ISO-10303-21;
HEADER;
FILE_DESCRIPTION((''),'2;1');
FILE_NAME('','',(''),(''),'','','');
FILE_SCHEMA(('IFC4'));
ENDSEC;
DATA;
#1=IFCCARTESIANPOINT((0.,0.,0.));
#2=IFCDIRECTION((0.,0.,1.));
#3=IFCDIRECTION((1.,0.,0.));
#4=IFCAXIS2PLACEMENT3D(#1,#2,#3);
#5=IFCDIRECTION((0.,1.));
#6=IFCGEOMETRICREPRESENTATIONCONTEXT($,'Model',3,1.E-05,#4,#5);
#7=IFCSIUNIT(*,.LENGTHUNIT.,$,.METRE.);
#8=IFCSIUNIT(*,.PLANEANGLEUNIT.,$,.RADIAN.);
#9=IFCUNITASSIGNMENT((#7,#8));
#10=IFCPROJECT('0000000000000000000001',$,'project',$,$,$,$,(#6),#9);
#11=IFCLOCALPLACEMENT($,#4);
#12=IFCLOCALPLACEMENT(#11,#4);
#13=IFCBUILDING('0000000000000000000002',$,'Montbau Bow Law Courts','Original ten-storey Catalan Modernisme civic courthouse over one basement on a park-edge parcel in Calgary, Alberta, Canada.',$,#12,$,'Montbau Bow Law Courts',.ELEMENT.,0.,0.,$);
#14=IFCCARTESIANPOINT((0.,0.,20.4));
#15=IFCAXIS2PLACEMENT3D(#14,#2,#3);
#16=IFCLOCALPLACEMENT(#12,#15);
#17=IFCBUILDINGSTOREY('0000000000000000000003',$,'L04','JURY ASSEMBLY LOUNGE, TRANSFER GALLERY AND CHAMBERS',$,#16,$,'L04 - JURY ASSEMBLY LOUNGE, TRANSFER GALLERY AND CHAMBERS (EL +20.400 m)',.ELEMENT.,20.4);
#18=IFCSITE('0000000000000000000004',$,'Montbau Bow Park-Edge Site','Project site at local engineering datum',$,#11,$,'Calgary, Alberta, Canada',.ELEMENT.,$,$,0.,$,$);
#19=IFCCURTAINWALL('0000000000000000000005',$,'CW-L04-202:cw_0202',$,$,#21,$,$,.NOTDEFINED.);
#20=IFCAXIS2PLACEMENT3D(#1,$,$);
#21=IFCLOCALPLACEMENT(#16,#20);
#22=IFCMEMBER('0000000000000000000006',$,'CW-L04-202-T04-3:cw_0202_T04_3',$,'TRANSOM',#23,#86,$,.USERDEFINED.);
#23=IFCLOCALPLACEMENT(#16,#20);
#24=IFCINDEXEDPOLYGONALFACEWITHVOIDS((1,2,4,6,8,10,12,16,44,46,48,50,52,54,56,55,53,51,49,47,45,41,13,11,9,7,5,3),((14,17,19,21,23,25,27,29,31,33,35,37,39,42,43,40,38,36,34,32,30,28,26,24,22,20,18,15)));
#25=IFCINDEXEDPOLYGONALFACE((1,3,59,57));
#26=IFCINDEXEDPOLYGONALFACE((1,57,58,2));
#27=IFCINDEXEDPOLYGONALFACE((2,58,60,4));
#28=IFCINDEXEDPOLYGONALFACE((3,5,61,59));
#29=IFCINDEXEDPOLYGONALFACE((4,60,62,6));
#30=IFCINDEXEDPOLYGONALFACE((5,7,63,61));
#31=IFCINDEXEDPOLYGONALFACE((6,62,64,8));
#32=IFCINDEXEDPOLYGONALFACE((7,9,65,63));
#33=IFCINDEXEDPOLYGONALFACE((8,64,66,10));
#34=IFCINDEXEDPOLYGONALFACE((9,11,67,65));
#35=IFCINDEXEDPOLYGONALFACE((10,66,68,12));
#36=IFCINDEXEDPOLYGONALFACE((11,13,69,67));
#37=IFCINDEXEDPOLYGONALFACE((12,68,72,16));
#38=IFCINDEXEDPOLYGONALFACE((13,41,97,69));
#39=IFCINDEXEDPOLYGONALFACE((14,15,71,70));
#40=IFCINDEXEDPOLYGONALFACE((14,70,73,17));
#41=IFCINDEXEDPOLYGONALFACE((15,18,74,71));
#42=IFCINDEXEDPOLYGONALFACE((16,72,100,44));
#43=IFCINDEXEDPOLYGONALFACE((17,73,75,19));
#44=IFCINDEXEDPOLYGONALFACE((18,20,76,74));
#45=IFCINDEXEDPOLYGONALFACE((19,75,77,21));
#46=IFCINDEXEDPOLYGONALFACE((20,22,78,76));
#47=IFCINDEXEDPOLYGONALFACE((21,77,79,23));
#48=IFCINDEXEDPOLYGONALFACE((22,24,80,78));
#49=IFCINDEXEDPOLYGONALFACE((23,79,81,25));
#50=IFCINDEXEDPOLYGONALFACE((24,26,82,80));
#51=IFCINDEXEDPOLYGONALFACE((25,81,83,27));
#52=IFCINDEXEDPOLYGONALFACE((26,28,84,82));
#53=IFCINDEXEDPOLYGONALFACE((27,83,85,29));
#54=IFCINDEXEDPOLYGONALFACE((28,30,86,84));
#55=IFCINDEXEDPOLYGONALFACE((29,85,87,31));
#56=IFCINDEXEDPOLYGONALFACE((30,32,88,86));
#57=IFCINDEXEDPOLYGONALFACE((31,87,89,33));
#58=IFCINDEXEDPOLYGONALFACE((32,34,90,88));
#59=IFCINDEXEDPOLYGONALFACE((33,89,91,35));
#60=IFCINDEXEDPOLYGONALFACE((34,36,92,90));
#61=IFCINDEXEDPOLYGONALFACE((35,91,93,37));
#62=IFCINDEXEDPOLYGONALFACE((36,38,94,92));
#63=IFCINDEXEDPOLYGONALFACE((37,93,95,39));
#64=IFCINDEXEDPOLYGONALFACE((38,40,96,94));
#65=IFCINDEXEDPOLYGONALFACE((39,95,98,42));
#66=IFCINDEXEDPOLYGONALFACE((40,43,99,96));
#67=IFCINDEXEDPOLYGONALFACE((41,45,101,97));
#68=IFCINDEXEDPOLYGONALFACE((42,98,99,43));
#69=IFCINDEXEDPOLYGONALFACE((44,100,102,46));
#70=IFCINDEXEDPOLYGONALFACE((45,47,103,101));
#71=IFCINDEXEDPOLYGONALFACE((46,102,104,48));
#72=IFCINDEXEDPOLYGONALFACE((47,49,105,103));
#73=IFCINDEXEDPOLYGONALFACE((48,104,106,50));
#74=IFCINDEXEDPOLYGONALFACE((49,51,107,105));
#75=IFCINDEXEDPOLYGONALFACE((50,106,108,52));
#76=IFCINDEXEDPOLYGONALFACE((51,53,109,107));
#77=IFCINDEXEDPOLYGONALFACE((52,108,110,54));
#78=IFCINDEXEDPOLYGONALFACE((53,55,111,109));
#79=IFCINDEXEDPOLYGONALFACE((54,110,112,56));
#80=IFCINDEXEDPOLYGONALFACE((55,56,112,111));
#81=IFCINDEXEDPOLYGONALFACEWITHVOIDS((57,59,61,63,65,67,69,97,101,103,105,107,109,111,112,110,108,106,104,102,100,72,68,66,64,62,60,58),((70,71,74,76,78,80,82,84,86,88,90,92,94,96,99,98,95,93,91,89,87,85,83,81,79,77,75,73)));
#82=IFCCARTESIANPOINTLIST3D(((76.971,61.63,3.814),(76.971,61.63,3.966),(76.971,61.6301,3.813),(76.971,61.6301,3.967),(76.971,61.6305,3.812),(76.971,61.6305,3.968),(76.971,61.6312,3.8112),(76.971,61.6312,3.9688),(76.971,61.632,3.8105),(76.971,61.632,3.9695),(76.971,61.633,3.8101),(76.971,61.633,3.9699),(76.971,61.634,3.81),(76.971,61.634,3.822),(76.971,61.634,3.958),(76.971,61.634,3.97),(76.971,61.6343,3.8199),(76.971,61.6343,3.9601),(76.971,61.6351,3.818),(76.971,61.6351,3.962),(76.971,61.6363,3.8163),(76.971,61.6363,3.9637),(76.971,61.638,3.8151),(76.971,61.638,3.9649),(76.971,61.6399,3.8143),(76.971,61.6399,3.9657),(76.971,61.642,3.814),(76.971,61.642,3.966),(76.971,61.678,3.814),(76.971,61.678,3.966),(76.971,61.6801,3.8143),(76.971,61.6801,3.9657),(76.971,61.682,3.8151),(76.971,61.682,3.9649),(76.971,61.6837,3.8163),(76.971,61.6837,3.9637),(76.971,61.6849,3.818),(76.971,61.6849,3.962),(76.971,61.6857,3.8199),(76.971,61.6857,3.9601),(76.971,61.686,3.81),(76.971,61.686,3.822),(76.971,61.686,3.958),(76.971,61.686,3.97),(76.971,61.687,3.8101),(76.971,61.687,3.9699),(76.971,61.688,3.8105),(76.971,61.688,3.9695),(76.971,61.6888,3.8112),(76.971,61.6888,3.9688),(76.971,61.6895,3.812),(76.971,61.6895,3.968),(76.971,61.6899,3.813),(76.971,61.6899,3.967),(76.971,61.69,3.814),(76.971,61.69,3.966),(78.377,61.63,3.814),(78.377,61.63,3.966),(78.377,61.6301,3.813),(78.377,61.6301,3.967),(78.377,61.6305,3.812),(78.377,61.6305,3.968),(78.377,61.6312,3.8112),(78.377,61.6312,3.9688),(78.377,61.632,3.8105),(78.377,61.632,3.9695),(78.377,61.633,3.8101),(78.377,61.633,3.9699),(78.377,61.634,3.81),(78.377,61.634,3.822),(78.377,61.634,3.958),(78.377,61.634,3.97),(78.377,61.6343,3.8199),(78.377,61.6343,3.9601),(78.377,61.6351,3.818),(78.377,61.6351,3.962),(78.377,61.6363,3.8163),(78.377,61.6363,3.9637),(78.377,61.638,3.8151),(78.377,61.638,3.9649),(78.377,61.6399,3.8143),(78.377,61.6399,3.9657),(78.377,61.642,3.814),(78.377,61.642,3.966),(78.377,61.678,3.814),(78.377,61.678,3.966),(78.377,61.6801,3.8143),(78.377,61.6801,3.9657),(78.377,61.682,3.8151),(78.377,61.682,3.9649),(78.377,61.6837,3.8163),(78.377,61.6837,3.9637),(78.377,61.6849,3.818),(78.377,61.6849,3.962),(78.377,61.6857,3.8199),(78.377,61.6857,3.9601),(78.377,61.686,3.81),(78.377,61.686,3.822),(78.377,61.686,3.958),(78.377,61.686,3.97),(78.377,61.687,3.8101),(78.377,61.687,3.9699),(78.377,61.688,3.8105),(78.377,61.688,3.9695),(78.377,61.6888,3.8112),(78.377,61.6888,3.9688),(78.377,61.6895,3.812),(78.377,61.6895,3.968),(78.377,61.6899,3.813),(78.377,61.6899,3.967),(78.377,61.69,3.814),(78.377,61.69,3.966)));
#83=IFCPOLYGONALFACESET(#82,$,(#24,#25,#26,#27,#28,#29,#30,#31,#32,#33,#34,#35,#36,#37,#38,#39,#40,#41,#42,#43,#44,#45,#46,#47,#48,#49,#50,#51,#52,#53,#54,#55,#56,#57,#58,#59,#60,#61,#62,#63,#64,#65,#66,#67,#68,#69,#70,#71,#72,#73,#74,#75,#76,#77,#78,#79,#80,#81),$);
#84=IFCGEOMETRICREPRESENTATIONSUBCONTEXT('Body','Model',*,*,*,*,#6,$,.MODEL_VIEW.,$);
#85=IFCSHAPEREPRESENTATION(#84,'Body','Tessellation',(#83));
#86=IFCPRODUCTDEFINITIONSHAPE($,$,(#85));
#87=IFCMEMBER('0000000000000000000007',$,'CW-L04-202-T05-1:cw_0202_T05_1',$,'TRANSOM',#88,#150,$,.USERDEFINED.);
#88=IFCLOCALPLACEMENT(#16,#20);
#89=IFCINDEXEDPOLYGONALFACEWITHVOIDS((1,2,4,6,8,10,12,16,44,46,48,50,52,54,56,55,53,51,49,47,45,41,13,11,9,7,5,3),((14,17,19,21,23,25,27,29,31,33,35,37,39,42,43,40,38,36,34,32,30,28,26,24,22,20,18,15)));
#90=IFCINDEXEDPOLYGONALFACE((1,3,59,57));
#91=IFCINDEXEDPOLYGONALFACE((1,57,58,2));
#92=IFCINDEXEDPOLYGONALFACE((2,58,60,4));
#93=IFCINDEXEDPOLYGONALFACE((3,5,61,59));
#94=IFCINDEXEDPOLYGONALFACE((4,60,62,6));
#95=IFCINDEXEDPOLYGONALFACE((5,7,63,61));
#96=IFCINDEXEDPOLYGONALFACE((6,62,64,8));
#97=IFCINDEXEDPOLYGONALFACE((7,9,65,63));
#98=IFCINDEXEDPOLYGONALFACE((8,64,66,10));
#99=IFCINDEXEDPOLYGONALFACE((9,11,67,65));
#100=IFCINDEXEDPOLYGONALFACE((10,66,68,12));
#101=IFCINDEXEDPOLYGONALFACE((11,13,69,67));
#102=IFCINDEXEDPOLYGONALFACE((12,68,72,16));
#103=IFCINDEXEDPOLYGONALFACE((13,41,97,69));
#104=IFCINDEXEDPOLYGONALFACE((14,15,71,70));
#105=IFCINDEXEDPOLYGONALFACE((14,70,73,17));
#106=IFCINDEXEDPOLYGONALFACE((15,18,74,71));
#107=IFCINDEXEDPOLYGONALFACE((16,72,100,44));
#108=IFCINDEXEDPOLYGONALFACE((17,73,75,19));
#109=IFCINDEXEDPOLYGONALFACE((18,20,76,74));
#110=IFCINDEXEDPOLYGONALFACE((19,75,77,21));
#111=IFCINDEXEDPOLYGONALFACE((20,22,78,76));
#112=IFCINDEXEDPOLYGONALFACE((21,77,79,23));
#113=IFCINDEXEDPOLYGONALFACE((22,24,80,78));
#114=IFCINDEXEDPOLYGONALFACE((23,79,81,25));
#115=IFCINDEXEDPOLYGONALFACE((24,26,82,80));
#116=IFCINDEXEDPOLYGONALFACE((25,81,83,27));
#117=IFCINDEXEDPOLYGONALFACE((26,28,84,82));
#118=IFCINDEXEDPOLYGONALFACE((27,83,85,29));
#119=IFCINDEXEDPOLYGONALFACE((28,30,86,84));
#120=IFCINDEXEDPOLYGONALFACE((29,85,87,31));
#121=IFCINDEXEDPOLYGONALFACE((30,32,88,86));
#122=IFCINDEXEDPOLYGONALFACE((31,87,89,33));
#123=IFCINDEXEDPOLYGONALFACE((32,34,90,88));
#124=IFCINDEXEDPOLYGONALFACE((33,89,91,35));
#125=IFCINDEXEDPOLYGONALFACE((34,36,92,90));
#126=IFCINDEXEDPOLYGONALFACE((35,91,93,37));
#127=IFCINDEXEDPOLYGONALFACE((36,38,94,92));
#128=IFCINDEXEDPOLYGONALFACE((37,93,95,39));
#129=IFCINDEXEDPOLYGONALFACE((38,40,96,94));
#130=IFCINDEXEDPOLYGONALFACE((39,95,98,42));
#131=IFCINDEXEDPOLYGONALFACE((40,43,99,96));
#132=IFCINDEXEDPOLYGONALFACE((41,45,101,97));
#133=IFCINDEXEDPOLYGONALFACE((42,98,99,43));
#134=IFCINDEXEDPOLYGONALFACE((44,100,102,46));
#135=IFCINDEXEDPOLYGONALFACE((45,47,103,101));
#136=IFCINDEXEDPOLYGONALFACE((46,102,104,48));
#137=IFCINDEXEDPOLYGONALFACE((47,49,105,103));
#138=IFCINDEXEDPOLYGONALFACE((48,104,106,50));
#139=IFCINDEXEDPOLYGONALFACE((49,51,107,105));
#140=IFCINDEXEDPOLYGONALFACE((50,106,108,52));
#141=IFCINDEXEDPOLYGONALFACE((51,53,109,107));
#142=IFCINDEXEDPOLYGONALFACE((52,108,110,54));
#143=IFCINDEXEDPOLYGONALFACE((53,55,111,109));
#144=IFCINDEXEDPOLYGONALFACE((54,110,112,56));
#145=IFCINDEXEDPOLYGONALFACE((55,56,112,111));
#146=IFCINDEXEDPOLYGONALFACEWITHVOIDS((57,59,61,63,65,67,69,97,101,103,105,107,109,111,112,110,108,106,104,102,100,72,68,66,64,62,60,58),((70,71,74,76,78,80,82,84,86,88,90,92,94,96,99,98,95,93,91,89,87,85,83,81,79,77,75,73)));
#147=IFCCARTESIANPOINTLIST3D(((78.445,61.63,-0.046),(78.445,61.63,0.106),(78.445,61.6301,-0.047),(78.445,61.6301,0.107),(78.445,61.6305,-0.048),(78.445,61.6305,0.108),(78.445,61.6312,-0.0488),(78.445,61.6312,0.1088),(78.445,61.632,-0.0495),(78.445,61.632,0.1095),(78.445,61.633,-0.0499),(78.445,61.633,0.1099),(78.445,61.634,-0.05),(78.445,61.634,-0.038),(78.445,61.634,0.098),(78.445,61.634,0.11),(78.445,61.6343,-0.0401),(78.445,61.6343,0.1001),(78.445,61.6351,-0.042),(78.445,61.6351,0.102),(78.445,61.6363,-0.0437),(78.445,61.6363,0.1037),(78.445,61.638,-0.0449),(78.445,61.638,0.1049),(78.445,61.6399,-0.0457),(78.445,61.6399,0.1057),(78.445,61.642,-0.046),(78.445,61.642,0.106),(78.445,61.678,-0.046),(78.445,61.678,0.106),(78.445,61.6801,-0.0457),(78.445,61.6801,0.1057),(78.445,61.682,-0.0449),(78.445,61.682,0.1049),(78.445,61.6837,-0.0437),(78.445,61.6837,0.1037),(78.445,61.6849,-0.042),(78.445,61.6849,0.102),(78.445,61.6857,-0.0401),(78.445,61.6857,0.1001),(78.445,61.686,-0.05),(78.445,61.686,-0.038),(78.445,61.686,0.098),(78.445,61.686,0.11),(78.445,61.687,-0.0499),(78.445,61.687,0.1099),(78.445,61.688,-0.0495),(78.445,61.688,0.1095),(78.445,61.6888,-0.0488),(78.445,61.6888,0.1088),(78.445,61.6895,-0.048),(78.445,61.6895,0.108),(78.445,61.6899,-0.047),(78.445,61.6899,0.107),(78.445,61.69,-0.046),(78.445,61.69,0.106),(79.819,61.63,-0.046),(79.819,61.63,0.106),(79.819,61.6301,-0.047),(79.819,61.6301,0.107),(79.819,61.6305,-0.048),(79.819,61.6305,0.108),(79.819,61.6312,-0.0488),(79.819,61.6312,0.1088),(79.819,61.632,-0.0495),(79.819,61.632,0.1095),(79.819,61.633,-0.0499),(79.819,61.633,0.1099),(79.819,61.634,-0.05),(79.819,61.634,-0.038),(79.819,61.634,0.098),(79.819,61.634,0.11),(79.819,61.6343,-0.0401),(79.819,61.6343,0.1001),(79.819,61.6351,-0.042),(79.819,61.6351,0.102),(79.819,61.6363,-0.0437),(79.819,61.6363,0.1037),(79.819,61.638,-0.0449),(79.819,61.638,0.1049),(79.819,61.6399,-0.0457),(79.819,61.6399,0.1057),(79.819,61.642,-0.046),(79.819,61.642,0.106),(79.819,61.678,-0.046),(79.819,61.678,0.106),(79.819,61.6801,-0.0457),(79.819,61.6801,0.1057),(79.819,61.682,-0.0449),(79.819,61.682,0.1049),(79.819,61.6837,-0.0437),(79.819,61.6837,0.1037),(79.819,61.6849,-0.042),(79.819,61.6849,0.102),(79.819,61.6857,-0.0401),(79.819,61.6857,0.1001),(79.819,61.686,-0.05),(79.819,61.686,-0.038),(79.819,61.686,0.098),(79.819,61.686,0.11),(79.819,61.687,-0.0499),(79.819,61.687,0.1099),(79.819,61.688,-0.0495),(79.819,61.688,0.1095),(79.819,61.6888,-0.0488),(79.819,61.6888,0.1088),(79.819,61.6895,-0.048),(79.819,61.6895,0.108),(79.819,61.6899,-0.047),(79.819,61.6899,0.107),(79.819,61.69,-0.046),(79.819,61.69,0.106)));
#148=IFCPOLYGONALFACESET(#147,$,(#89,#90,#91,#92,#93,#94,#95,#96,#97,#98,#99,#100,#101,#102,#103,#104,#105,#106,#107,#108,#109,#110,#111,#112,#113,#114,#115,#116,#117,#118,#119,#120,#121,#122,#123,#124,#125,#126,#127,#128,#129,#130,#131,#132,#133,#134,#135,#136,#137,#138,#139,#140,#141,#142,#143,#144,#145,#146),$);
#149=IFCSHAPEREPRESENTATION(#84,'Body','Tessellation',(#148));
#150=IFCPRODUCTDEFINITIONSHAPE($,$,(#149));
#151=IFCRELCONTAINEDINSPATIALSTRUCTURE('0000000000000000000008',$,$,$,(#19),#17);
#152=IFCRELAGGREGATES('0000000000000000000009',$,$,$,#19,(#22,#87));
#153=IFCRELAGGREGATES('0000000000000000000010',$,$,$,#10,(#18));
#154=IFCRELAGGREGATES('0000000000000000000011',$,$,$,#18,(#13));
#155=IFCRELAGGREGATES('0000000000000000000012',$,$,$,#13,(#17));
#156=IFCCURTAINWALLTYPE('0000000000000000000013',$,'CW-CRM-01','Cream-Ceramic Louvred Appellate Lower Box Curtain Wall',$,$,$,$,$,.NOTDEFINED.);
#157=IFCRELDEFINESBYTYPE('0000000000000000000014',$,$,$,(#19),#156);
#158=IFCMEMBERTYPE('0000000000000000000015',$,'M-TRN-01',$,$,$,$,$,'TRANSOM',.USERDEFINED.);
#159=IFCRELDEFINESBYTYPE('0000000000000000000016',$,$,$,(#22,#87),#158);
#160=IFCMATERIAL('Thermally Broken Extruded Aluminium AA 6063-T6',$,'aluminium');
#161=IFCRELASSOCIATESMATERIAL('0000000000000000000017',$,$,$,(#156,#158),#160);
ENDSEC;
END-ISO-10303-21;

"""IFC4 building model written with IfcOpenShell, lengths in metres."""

from ifc_helpers import new_model, si_unit, direction, frame, origin_with_axes, origin_2d_with_axis, place, context, subcontext, project, spatial, hollow_rectangle, extrude, material, material_profile, profile_set, type_object, element, aggregate, save


model = new_model("IFC4")

# Units and contexts
model_context = context("Model", 3, precision=1e-05, world=origin_with_axes(), true_north=direction((0.0, 1.0)))
body_context = subcontext(model_context, "Body", "Model", "MODEL_VIEW")
ifc_project = project(units=[si_unit("LENGTHUNIT", "METRE"), si_unit("PLANEANGLEUNIT", "RADIAN")], contexts=[model_context])

# Site, building, storey
site_placement = place(None, origin_with_axes())
site = spatial("IfcSite", under=ifc_project, at=site_placement, Name="Montbau Bow Park-Edge Site", Description="Project site at local engineering datum", LongName="Calgary, Alberta, Canada", CompositionType="ELEMENT", RefElevation=0.0)
building_placement = place(site_placement, origin_with_axes())
building = spatial("IfcBuilding", under=site, at=building_placement, Name="Montbau Bow Law Courts", Description="Original ten-storey Catalan Modernisme civic courthouse over one basement on a park-edge parcel in Calgary, Alberta, Canada.", LongName="Montbau Bow Law Courts", CompositionType="ELEMENT", ElevationOfRefHeight=0.0, ElevationOfTerrain=0.0)
storey_placement = place(building_placement, frame((0.0, 0.0, 20.4), z_axis=(0.0, 0.0, 1.0), x_axis=(1.0, 0.0, 0.0)))
storey = spatial("IfcBuildingStorey", under=building, at=storey_placement, Name="L04", Description="JURY ASSEMBLY LOUNGE, TRANSFER GALLERY AND CHAMBERS", LongName="L04 - JURY ASSEMBLY LOUNGE, TRANSFER GALLERY AND CHAMBERS (EL +20.400 m)", CompositionType="ELEMENT", Elevation=20.4)

# Curtain wall
ifc_material_1 = material(Name="Thermally Broken Extruded Aluminium AA 6063-T6", Category="aluminium")
curtain_wall_type = type_object("IfcCurtainWallType", Name="CW-CRM-01", Description="Cream-Ceramic Louvred Appellate Lower Box Curtain Wall", PredefinedType="NOTDEFINED", material=ifc_material_1)
curtain_wall_1_placement = place(None, frame((72.515, 61.66, 20.4), z_axis=(0.0, 0.0, 1.0), x_axis=(1.0, 0.0, 0.0)))
curtain_wall_1 = element("IfcCurtainWall", 1, at=curtain_wall_1_placement, inside=storey, type_object=curtain_wall_type, Name="CW-L04-202:cw_0202", PredefinedType="NOTDEFINED")

# Members
ifc_material_profile_1 = material_profile(ifc_material_1, hollow_rectangle(XDim=0.06, YDim=0.16, WallThickness=0.004, InnerFilletRadius=0.008, OuterFilletRadius=0.004, at=origin_2d_with_axis()), Name="CWT-160X60", Category="Main", Priority=0)
ifc_profile_set_1 = profile_set([ifc_material_profile_1], Name="Thermally Broken Extruded Aluminium AA 6063-T6")
member_type_1 = type_object("IfcMemberType", Name="M-TRN-01", ElementType="TRANSOM", PredefinedType="USERDEFINED", material=ifc_profile_set_1)
member_1_placement = place(None, frame((76.971, 61.66, 24.29), z_axis=(1.0, 0.0, 0.0), x_axis=(0.0, 1.0, 0.0)))
member_1 = element("IfcMember", 2, at=member_1_placement, type_object=member_type_1, Name="CW-L04-202-T04-3:cw_0202_T04_3", ObjectType="TRANSOM", PredefinedType="USERDEFINED", context=body_context, shape_type="SweptSolid", body=[
    extrude(hollow_rectangle(XDim=0.06, YDim=0.16, WallThickness=0.004, InnerFilletRadius=0.008, OuterFilletRadius=0.004, at=origin_2d_with_axis()), origin_with_axes(), (0.0, 0.0, 1.0), 1.406),
])
member_2_placement = place(None, frame((78.445, 61.66, 20.43), z_axis=(1.0, 0.0, 0.0), x_axis=(0.0, 1.0, 0.0)))
member_2 = element("IfcMember", 3, at=member_2_placement, type_object=member_type_1, Name="CW-L04-202-T05-1:cw_0202_T05_1", ObjectType="TRANSOM", PredefinedType="USERDEFINED", context=body_context, shape_type="SweptSolid", body=[
    extrude(hollow_rectangle(XDim=0.06, YDim=0.16, WallThickness=0.004, InnerFilletRadius=0.008, OuterFilletRadius=0.004, at=origin_2d_with_axis()), origin_with_axes(), (0.0, 0.0, 1.0), 1.374),
])

aggregate(curtain_wall_1, [member_1, member_2])

save(model, "model.ifc")
